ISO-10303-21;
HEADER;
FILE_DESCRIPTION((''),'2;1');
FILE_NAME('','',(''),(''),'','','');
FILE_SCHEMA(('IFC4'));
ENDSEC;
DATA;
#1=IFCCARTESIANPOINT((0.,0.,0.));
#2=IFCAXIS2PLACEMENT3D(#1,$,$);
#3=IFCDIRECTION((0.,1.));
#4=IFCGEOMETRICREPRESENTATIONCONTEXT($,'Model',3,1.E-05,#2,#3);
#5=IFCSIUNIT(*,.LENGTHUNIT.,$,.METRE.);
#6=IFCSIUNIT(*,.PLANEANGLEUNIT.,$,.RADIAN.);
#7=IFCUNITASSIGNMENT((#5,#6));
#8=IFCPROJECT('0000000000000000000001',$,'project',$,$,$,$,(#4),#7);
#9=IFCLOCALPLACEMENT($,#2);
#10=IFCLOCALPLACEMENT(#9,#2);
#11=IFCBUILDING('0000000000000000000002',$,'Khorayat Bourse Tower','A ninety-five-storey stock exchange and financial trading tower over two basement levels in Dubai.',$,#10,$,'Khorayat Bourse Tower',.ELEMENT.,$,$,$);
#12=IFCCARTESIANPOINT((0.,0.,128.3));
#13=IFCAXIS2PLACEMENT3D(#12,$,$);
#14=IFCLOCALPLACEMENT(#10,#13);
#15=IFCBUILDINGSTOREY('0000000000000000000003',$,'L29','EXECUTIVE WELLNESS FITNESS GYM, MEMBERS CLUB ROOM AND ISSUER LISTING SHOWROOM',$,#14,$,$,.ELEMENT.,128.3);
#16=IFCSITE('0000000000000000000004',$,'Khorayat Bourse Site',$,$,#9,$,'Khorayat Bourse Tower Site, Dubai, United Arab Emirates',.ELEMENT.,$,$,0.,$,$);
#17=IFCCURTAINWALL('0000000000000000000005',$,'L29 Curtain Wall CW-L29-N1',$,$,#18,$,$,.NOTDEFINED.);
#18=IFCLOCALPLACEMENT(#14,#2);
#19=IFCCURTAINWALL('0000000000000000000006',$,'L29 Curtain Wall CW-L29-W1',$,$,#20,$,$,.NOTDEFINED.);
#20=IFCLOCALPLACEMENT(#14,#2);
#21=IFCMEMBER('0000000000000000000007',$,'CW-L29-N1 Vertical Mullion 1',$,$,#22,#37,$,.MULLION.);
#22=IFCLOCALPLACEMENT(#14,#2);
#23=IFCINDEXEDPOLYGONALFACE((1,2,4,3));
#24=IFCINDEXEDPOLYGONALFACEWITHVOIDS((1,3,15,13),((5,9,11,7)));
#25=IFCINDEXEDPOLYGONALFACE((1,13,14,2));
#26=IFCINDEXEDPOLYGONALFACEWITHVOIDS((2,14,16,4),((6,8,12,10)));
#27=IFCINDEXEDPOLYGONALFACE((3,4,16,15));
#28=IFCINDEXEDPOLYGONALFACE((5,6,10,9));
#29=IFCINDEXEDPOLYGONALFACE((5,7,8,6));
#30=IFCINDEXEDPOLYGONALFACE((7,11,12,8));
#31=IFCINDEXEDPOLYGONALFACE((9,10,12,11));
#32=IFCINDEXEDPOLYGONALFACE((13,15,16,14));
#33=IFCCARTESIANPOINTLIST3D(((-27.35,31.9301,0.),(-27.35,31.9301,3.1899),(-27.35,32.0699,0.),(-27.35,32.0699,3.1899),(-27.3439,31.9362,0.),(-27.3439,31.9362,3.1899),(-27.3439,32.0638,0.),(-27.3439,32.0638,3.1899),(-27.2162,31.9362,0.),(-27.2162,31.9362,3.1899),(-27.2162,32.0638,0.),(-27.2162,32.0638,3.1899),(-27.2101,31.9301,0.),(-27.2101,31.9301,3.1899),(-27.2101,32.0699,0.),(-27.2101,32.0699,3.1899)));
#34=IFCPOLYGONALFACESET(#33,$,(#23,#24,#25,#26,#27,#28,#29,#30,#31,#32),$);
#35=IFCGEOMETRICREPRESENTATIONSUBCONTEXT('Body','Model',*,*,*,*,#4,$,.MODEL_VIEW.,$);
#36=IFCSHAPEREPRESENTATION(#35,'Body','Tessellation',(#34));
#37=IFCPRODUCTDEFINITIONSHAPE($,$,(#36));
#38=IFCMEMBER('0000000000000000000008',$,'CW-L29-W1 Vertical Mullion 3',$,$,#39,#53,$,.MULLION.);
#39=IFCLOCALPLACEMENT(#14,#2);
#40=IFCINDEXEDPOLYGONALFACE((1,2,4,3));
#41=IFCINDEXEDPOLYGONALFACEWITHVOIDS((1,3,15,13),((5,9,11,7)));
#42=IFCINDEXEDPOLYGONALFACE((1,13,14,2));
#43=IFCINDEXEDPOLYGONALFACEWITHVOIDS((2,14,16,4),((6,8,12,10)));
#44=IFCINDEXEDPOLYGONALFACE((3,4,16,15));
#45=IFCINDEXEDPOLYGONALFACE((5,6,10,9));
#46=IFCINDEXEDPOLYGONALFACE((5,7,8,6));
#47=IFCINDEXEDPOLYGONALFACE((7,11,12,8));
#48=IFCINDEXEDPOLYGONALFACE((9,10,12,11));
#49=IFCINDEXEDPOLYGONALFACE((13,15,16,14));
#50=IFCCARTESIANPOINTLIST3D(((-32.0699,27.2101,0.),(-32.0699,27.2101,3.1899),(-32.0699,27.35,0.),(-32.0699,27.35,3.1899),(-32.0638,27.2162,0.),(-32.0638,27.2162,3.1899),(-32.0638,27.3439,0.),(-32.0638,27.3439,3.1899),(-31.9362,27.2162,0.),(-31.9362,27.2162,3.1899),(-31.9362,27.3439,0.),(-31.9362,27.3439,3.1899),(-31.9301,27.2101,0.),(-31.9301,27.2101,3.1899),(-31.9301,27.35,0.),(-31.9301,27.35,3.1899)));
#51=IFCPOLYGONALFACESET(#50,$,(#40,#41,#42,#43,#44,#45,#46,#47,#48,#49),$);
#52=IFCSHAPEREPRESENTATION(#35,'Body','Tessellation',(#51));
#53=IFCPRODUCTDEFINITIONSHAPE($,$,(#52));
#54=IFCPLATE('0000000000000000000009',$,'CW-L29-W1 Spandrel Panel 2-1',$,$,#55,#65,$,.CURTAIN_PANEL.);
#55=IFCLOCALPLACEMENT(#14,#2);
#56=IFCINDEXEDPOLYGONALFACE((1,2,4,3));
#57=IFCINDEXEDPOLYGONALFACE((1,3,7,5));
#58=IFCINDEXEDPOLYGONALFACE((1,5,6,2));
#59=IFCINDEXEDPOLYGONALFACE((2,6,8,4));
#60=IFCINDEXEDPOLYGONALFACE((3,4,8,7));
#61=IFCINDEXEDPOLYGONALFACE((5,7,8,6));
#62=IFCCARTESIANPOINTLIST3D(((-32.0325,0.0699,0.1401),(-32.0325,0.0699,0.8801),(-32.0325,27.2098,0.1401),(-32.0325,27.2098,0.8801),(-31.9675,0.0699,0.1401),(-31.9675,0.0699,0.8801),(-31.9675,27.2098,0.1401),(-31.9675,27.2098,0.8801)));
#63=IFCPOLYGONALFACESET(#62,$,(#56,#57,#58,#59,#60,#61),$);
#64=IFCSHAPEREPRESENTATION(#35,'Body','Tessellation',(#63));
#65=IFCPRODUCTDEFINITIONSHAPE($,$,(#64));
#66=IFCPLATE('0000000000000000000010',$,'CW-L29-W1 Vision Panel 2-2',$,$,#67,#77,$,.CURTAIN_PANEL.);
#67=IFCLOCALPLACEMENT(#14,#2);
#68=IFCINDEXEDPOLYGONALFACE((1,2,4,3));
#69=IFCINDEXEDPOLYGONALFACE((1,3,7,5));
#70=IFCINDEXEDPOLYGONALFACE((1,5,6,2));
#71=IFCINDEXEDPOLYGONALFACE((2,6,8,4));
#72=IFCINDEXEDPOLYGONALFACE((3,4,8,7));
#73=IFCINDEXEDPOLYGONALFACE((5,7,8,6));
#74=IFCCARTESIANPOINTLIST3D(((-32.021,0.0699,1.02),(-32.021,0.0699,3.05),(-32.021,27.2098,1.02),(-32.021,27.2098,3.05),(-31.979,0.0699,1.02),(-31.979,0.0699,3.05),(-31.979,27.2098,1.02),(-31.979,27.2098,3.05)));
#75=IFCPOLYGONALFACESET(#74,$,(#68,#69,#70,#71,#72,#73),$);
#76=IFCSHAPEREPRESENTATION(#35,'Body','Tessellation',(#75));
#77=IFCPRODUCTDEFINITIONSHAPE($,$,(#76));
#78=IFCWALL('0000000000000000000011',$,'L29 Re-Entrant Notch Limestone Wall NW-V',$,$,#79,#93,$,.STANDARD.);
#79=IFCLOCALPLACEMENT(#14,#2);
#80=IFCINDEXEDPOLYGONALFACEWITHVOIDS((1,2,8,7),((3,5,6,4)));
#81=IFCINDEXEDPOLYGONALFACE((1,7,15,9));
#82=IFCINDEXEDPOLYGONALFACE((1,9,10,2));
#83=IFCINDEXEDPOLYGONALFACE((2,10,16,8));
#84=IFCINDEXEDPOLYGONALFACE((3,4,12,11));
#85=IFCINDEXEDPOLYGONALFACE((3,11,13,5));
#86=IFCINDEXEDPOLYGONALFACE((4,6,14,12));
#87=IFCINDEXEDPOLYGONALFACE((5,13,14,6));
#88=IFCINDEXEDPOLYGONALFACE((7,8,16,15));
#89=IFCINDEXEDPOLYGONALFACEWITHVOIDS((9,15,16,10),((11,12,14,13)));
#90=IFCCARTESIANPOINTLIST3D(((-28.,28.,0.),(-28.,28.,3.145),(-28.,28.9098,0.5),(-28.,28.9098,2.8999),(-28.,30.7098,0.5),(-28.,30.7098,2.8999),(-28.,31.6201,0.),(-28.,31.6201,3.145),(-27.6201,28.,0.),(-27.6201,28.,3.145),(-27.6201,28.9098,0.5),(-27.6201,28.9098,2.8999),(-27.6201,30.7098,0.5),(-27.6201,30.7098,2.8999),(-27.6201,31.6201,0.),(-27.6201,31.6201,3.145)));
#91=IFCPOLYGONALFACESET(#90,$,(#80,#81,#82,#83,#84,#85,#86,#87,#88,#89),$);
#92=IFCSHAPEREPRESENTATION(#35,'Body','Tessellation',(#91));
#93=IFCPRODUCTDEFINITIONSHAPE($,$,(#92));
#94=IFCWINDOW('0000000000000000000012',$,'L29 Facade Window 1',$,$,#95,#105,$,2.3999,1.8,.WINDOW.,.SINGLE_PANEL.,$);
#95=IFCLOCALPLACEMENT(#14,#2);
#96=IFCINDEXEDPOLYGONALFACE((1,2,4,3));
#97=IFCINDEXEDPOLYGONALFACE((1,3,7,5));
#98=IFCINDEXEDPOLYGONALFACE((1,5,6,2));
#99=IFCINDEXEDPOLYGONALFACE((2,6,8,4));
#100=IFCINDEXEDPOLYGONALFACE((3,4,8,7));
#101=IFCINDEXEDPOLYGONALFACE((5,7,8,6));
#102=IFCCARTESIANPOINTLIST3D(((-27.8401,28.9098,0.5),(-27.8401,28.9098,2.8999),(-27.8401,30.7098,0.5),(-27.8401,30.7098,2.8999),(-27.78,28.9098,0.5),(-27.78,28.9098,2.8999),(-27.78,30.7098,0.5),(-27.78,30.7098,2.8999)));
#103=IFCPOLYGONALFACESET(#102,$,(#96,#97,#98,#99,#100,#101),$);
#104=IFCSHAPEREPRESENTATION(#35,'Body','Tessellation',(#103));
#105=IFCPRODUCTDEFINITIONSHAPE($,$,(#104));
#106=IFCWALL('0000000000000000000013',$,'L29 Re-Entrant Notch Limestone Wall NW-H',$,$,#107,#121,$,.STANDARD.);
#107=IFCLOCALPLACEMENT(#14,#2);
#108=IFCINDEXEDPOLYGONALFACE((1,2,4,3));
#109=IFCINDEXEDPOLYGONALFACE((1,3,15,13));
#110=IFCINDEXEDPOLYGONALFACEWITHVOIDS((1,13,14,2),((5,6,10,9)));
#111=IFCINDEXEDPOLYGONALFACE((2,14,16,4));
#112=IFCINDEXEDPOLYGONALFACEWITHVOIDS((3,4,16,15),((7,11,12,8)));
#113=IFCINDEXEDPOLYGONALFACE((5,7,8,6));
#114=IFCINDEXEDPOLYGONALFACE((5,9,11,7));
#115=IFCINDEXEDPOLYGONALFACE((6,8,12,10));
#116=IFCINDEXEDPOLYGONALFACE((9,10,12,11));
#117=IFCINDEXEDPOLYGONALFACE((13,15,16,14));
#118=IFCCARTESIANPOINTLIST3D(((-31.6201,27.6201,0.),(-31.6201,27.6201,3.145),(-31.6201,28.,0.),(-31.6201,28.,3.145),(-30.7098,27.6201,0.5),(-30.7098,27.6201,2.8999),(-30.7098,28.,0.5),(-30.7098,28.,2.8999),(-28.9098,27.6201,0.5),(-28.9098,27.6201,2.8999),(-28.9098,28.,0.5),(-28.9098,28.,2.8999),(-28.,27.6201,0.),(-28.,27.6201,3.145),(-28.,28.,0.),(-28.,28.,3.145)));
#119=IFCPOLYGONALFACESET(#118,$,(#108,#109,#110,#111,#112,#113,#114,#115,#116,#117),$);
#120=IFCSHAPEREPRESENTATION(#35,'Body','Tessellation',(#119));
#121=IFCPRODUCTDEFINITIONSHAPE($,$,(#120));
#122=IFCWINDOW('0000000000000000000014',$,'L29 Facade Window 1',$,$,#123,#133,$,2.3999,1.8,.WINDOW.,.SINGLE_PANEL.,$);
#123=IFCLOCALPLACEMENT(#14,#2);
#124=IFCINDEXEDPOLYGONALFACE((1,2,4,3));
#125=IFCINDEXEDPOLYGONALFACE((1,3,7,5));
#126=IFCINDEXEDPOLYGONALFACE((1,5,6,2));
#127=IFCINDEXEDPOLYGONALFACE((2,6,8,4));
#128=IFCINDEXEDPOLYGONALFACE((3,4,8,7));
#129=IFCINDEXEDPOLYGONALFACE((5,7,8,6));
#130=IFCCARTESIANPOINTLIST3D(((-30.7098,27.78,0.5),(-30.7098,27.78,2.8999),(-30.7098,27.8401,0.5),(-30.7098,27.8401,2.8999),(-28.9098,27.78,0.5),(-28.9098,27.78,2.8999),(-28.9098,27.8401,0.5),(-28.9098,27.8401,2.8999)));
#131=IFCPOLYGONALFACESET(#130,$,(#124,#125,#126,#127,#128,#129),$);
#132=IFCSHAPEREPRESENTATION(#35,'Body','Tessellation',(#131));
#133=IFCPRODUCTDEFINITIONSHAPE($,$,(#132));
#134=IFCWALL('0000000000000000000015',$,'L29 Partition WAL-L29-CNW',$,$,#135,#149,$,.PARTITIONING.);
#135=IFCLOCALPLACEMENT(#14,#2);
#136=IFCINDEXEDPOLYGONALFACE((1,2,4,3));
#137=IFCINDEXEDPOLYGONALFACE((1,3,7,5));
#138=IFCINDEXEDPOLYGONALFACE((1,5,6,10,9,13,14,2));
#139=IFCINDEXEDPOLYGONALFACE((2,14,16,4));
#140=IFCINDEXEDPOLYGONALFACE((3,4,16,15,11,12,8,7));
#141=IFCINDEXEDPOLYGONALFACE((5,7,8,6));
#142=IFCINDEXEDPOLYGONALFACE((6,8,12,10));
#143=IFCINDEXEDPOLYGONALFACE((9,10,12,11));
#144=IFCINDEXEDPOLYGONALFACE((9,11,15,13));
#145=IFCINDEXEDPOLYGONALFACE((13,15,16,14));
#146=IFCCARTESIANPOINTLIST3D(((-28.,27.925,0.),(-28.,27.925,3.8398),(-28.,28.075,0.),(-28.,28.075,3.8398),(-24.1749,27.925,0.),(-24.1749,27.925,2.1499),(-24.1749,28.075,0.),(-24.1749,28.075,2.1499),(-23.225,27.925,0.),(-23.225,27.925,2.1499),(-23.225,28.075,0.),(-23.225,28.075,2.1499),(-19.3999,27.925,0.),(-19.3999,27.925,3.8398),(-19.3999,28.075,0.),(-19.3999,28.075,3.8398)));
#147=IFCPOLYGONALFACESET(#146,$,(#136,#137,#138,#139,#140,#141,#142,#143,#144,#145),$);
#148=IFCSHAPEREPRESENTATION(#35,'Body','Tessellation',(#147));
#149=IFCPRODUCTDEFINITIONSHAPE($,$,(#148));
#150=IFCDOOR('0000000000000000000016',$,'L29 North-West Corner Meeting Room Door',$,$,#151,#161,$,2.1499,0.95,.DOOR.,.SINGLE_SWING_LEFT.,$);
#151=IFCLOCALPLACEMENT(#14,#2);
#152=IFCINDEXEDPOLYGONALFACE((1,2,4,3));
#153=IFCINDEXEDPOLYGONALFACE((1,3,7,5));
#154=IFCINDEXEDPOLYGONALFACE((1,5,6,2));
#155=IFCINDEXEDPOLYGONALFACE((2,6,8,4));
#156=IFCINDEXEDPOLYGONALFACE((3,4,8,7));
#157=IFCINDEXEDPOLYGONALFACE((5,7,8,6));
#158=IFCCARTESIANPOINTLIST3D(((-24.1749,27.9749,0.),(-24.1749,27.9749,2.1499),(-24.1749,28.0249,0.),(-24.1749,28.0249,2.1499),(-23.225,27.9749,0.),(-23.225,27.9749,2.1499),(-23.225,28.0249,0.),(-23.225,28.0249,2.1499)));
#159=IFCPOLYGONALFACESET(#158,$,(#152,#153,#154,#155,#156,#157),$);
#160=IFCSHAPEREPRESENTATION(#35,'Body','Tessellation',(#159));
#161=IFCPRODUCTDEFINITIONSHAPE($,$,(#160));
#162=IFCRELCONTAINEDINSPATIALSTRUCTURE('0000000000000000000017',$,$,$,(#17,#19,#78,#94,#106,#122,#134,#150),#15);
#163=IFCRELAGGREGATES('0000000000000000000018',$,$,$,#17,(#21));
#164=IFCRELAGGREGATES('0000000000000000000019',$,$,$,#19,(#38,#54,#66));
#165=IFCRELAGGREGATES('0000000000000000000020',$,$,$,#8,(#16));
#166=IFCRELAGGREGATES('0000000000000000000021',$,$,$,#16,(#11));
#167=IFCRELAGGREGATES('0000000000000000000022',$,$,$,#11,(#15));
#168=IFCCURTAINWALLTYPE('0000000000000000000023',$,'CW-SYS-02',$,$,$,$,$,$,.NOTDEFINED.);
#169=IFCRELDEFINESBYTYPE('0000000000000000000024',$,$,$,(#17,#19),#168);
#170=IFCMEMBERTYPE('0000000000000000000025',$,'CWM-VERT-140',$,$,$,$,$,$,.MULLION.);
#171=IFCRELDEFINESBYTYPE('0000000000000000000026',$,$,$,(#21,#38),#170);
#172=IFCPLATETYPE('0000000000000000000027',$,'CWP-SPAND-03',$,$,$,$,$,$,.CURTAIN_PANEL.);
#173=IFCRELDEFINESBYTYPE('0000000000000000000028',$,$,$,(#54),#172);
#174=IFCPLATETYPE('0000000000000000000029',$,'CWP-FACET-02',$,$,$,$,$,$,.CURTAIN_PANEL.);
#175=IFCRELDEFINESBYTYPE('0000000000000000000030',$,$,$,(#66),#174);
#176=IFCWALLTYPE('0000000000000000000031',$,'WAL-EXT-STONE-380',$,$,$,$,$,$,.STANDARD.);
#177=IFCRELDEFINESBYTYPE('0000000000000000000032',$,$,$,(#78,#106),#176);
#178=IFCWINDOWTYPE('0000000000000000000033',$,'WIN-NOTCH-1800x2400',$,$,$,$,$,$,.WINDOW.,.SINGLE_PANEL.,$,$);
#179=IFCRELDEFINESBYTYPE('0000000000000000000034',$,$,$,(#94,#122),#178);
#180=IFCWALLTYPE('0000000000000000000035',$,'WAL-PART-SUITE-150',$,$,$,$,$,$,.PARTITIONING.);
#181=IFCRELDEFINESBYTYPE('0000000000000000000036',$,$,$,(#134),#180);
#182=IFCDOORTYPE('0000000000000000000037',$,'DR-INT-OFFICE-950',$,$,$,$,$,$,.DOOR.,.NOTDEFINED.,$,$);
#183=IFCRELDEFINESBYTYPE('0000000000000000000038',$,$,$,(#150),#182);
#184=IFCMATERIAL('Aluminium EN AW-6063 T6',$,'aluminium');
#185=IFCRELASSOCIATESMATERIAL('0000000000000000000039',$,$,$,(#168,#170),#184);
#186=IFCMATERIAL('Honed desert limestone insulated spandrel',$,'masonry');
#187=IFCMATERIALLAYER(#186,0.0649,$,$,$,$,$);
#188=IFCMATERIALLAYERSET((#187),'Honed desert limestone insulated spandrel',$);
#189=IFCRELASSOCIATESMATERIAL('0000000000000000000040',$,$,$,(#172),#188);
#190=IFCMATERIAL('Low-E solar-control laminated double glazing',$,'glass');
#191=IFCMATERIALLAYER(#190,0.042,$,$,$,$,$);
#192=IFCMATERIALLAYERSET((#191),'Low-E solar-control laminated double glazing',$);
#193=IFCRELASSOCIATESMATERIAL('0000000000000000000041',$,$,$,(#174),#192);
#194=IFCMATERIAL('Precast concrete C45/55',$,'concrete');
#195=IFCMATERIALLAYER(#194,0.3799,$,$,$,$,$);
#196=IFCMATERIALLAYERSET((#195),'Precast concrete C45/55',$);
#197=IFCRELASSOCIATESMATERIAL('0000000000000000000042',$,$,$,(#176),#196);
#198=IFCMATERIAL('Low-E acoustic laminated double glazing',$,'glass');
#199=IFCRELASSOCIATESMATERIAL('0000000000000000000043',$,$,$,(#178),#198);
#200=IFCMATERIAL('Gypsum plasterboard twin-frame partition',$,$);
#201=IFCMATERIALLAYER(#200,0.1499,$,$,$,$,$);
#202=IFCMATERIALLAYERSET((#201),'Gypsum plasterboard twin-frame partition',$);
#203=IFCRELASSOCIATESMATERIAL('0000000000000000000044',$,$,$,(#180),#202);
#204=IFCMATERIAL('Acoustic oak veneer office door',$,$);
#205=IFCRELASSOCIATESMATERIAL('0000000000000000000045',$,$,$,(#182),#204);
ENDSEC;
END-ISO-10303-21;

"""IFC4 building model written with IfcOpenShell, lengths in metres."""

from ifc_helpers import new_model, si_unit, direction, frame, frame_2d, origin, origin_2d, place, context, subcontext, project, spatial, rectangle, hollow_rectangle, extrude, source, transform, mapped, material, layer, layer_set, material_profile, profile_set, type_object, element, fill, aggregate, save


model = new_model("IFC4")

# Units and contexts
model_context = context("Model", 3, precision=1e-05, world=origin(), true_north=direction((0.0, 1.0)))
body_context = subcontext(model_context, "Body", "Model", "MODEL_VIEW")
ifc_project = project(units=[si_unit("LENGTHUNIT", "METRE"), si_unit("PLANEANGLEUNIT", "RADIAN")], contexts=[model_context])

# Site, building, storey
site_placement = place(None, origin())
site = spatial("IfcSite", under=ifc_project, at=site_placement, Name="Khorayat Bourse Site", LongName="Khorayat Bourse Tower Site, Dubai, United Arab Emirates", CompositionType="ELEMENT", RefElevation=0.0)
building_placement = place(site_placement, origin())
building = spatial("IfcBuilding", under=site, at=building_placement, Name="Khorayat Bourse Tower", Description="A ninety-five-storey stock exchange and financial trading tower over two basement levels in Dubai.", LongName="Khorayat Bourse Tower", CompositionType="ELEMENT")
storey_placement = place(building_placement, frame((0.0, 0.0, 128.3)))
storey = spatial("IfcBuildingStorey", under=building, at=storey_placement, Name="L29", Description="EXECUTIVE WELLNESS FITNESS GYM, MEMBERS CLUB ROOM AND ISSUER LISTING SHOWROOM", CompositionType="ELEMENT", Elevation=128.3)

# Curtain wall
ifc_material_1 = material(Name="Aluminium EN AW-6063 T6", Category="aluminium")
curtain_wall_type = type_object("IfcCurtainWallType", Name="CW-SYS-02", PredefinedType="NOTDEFINED", material=ifc_material_1)
curtain_wall_1_placement = place(storey_placement, origin())
curtain_wall_1 = element("IfcCurtainWall", 1, at=curtain_wall_1_placement, inside=storey, type_object=curtain_wall_type, Name="L29 Curtain Wall CW-L29-N1", PredefinedType="NOTDEFINED")

# Curtain wall
curtain_wall_2_placement = place(storey_placement, origin())
curtain_wall_2 = element("IfcCurtainWall", 2, at=curtain_wall_2_placement, inside=storey, type_object=curtain_wall_type, Name="L29 Curtain Wall CW-L29-W1", PredefinedType="NOTDEFINED")

# Members
ifc_material_profile_1 = material_profile(ifc_material_1, hollow_rectangle(XDim=0.1399, YDim=0.1399, WallThickness=0.0061, at=origin_2d()), Name="ALU 140x140x6")
ifc_profile_set_1 = profile_set([ifc_material_profile_1], Name="Aluminium EN AW-6063 T6")
member_type_1 = type_object("IfcMemberType", Name="CWM-VERT-140", PredefinedType="MULLION", material=ifc_profile_set_1)
shared_shape_1 = source(origin(), body_context, "Body", "SweptSolid", [
    extrude(hollow_rectangle(XDim=0.1399, YDim=0.1399, WallThickness=0.0061, at=origin_2d()), origin(), (0.0, 0.0, 1.0), 3.1899),
])
member_1_placement = place(storey_placement, frame((-27.28, 32.0, 0.0), z_axis=(0.0, 0.0, 1.0), x_axis=(0.0, 1.0, 0.0)))
member_1 = element("IfcMember", 3, at=member_1_placement, type_object=member_type_1, Name="CW-L29-N1 Vertical Mullion 1", PredefinedType="MULLION", context=body_context, shape_type="MappedRepresentation", body=[
    mapped(shared_shape_1, transform((0.0, 0.0, 0.0), scale=1.0)),
])
aggregate(curtain_wall_1, [member_1])
member_2_placement = place(storey_placement, frame((-32.0, 27.28, 0.0), z_axis=(0.0, 0.0, 1.0), x_axis=(-1.0, 0.0, 0.0)))
member_2 = element("IfcMember", 4, at=member_2_placement, type_object=member_type_1, Name="CW-L29-W1 Vertical Mullion 3", PredefinedType="MULLION", context=body_context, shape_type="MappedRepresentation", body=[
    mapped(shared_shape_1, transform((0.0, 0.0, 0.0), scale=1.0)),
])

# Plates
ifc_material_2 = material(Name="Honed desert limestone insulated spandrel", Category="masonry")
ifc_layer_1 = layer(ifc_material_2, 0.0649)
ifc_layer_set_1 = layer_set([ifc_layer_1], Name="Honed desert limestone insulated spandrel")
plate_type_1 = type_object("IfcPlateType", Name="CWP-SPAND-03", PredefinedType="CURTAIN_PANEL", material=ifc_layer_set_1)
shared_shape_2 = source(origin(), body_context, "Body", "SweptSolid", [
    extrude(rectangle(XDim=27.1399, YDim=0.0649, at=origin_2d()), origin(), (0.0, 0.0, 1.0), 0.74),
])
plate_1_placement = place(storey_placement, frame((-32.0, 13.6399, 0.1401), z_axis=(0.0, 0.0, 1.0), x_axis=(0.0, 1.0, 0.0)))
plate_1 = element("IfcPlate", 5, at=plate_1_placement, type_object=plate_type_1, Name="CW-L29-W1 Spandrel Panel 2-1", PredefinedType="CURTAIN_PANEL", context=body_context, shape_type="MappedRepresentation", body=[
    mapped(shared_shape_2, transform((0.0, 0.0, 0.0), scale=1.0)),
])
ifc_material_3 = material(Name="Low-E solar-control laminated double glazing", Category="glass")
ifc_layer_2 = layer(ifc_material_3, 0.042)
ifc_layer_set_2 = layer_set([ifc_layer_2], Name="Low-E solar-control laminated double glazing")
plate_type_2 = type_object("IfcPlateType", Name="CWP-FACET-02", PredefinedType="CURTAIN_PANEL", material=ifc_layer_set_2)
shared_shape_3 = source(origin(), body_context, "Body", "SweptSolid", [
    extrude(rectangle(XDim=27.1399, YDim=0.042, at=origin_2d()), origin(), (0.0, 0.0, 1.0), 2.03),
])
plate_2_placement = place(storey_placement, frame((-32.0, 13.6399, 1.02), z_axis=(0.0, 0.0, 1.0), x_axis=(0.0, 1.0, 0.0)))
plate_2 = element("IfcPlate", 6, at=plate_2_placement, type_object=plate_type_2, Name="CW-L29-W1 Vision Panel 2-2", PredefinedType="CURTAIN_PANEL", context=body_context, shape_type="MappedRepresentation", body=[
    mapped(shared_shape_3, transform((0.0, 0.0, 0.0), scale=1.0)),
])
aggregate(curtain_wall_2, [member_2, plate_1, plate_2])

# Walls, openings, windows
ifc_material_4 = material(Name="Precast concrete C45/55", Category="concrete")
ifc_layer_3 = layer(ifc_material_4, 0.3799)
ifc_layer_set_3 = layer_set([ifc_layer_3], Name="Precast concrete C45/55")
wall_type_1 = type_object("IfcWallType", Name="WAL-EXT-STONE-380", PredefinedType="STANDARD", material=ifc_layer_set_3)
shared_shape_4 = source(origin(), body_context, "Body", "SweptSolid", [
    extrude(rectangle(XDim=3.6201, YDim=0.3799, at=frame_2d((1.8101, 0.0))), origin(), (0.0, 0.0, 1.0), 3.145),
])
wall_1_placement = place(storey_placement, frame((-27.8101, 28.0, 0.0), z_axis=(0.0, 0.0, 1.0), x_axis=(0.0, 1.0, 0.0)))
wall_1 = element("IfcWall", 7, at=wall_1_placement, inside=storey, type_object=wall_type_1, Name="L29 Re-Entrant Notch Limestone Wall NW-V", PredefinedType="STANDARD", context=body_context, shape_type="MappedRepresentation", body=[
    mapped(shared_shape_4, transform((0.0, 0.0, 0.0), scale=1.0)),
])
shared_shape_5 = source(origin(), body_context, "Body", "SweptSolid", [
    extrude(rectangle(XDim=1.8, YDim=2.3999, at=frame_2d((0.8999, 1.2))), frame((0.0, 0.2, 0.0), z_axis=(0.0, -1.0, 0.0), x_axis=(1.0, 0.0, 0.0)), (0.0, 0.0, 1.0), 0.3999),
])
opening_1_placement = place(wall_1_placement, frame((0.9099, 0.0, 0.5)))
opening_1 = element("IfcOpeningElement", 8, at=opening_1_placement, cuts=wall_1, PredefinedType="OPENING", context=body_context, shape_type="MappedRepresentation", body=[
    mapped(shared_shape_5, transform((0.0, 0.0, 0.0), scale=1.0)),
])
ifc_material_5 = material(Name="Low-E acoustic laminated double glazing", Category="glass")
window_type = type_object("IfcWindowType", Name="WIN-NOTCH-1800x2400", PartitioningType="SINGLE_PANEL", PredefinedType="WINDOW", material=ifc_material_5)
shared_shape_6 = source(origin(), body_context, "Body", "SweptSolid", [
    extrude(rectangle(XDim=1.8, YDim=2.3999, at=frame_2d((0.8999, 1.2))), frame((0.0, 0.03, 0.0), z_axis=(0.0, -1.0, 0.0), x_axis=(1.0, 0.0, 0.0)), (0.0, 0.0, 1.0), 0.0601),
])
window_1_placement = place(opening_1_placement, origin())
window_1 = element("IfcWindow", 9, at=window_1_placement, inside=storey, type_object=window_type, Name="L29 Facade Window 1", OverallHeight=2.3999, OverallWidth=1.8, PartitioningType="SINGLE_PANEL", PredefinedType="WINDOW", context=body_context, shape_type="MappedRepresentation", body=[
    mapped(shared_shape_6, transform((0.0, 0.0, 0.0), scale=1.0)),
])
fill(opening_1, window_1)
wall_2_placement = place(storey_placement, frame((-28.0, 27.8101, 0.0), z_axis=(0.0, 0.0, 1.0), x_axis=(-1.0, 0.0, 0.0)))
wall_2 = element("IfcWall", 10, at=wall_2_placement, inside=storey, type_object=wall_type_1, Name="L29 Re-Entrant Notch Limestone Wall NW-H", PredefinedType="STANDARD", context=body_context, shape_type="MappedRepresentation", body=[
    mapped(shared_shape_4, transform((0.0, 0.0, 0.0), scale=1.0)),
])
opening_2_placement = place(wall_2_placement, frame((0.9099, 0.0, 0.5)))
opening_2 = element("IfcOpeningElement", 11, at=opening_2_placement, cuts=wall_2, PredefinedType="OPENING", context=body_context, shape_type="MappedRepresentation", body=[
    mapped(shared_shape_5, transform((0.0, 0.0, 0.0), scale=1.0)),
])
window_2_placement = place(opening_2_placement, origin())
window_2 = element("IfcWindow", 12, at=window_2_placement, inside=storey, type_object=window_type, Name="L29 Facade Window 1", OverallHeight=2.3999, OverallWidth=1.8, PartitioningType="SINGLE_PANEL", PredefinedType="WINDOW", context=body_context, shape_type="MappedRepresentation", body=[
    mapped(shared_shape_6, transform((0.0, 0.0, 0.0), scale=1.0)),
])
fill(opening_2, window_2)

# Wall, opening, door
ifc_material_6 = material(Name="Gypsum plasterboard twin-frame partition")
ifc_layer_4 = layer(ifc_material_6, 0.1499)
ifc_layer_set_4 = layer_set([ifc_layer_4], Name="Gypsum plasterboard twin-frame partition")
wall_type_2 = type_object("IfcWallType", Name="WAL-PART-SUITE-150", PredefinedType="PARTITIONING", material=ifc_layer_set_4)
shared_shape_7 = source(origin(), body_context, "Body", "SweptSolid", [
    extrude(rectangle(XDim=8.6001, YDim=0.1499, at=frame_2d((4.3, 0.0))), origin(), (0.0, 0.0, 1.0), 3.8398),
])
wall_3_placement = place(storey_placement, frame((-28.0, 28.0, 0.0), z_axis=(0.0, 0.0, 1.0), x_axis=(1.0, 0.0, 0.0)))
wall_3 = element("IfcWall", 13, at=wall_3_placement, inside=storey, type_object=wall_type_2, Name="L29 Partition WAL-L29-CNW", PredefinedType="PARTITIONING", context=body_context, shape_type="MappedRepresentation", body=[
    mapped(shared_shape_7, transform((0.0, 0.0, 0.0), scale=1.0)),
])
shared_shape_8 = source(origin(), body_context, "Body", "SweptSolid", [
    extrude(rectangle(XDim=0.95, YDim=2.1499, at=frame_2d((0.4751, 1.075))), frame((0.0, 0.085, 0.0), z_axis=(0.0, -1.0, 0.0), x_axis=(1.0, 0.0, 0.0)), (0.0, 0.0, 1.0), 0.1699),
])
opening_3_placement = place(wall_3_placement, frame((3.825, 0.0, 0.0)))
opening_3 = element("IfcOpeningElement", 14, at=opening_3_placement, cuts=wall_3, PredefinedType="OPENING", context=body_context, shape_type="MappedRepresentation", body=[
    mapped(shared_shape_8, transform((0.0, 0.0, 0.0), scale=1.0)),
])
ifc_material_7 = material(Name="Acoustic oak veneer office door")
door_type = type_object("IfcDoorType", Name="DR-INT-OFFICE-950", OperationType="NOTDEFINED", PredefinedType="DOOR", material=ifc_material_7)
shared_shape_9 = source(origin(), body_context, "Body", "SweptSolid", [
    extrude(rectangle(XDim=0.95, YDim=2.1499, at=frame_2d((0.4751, 1.075))), frame((0.0, 0.0249, 0.0), z_axis=(0.0, -1.0, 0.0), x_axis=(1.0, 0.0, 0.0)), (0.0, 0.0, 1.0), 0.05),
])
door_placement = place(opening_3_placement, origin())
door = element("IfcDoor", 15, at=door_placement, inside=storey, type_object=door_type, Name="L29 North-West Corner Meeting Room Door", OperationType="SINGLE_SWING_LEFT", OverallHeight=2.1499, OverallWidth=0.95, PredefinedType="DOOR", context=body_context, shape_type="MappedRepresentation", body=[
    mapped(shared_shape_9, transform((0.0, 0.0, 0.0), scale=1.0)),
])
fill(opening_3, door)

save(model, "model.ifc")
